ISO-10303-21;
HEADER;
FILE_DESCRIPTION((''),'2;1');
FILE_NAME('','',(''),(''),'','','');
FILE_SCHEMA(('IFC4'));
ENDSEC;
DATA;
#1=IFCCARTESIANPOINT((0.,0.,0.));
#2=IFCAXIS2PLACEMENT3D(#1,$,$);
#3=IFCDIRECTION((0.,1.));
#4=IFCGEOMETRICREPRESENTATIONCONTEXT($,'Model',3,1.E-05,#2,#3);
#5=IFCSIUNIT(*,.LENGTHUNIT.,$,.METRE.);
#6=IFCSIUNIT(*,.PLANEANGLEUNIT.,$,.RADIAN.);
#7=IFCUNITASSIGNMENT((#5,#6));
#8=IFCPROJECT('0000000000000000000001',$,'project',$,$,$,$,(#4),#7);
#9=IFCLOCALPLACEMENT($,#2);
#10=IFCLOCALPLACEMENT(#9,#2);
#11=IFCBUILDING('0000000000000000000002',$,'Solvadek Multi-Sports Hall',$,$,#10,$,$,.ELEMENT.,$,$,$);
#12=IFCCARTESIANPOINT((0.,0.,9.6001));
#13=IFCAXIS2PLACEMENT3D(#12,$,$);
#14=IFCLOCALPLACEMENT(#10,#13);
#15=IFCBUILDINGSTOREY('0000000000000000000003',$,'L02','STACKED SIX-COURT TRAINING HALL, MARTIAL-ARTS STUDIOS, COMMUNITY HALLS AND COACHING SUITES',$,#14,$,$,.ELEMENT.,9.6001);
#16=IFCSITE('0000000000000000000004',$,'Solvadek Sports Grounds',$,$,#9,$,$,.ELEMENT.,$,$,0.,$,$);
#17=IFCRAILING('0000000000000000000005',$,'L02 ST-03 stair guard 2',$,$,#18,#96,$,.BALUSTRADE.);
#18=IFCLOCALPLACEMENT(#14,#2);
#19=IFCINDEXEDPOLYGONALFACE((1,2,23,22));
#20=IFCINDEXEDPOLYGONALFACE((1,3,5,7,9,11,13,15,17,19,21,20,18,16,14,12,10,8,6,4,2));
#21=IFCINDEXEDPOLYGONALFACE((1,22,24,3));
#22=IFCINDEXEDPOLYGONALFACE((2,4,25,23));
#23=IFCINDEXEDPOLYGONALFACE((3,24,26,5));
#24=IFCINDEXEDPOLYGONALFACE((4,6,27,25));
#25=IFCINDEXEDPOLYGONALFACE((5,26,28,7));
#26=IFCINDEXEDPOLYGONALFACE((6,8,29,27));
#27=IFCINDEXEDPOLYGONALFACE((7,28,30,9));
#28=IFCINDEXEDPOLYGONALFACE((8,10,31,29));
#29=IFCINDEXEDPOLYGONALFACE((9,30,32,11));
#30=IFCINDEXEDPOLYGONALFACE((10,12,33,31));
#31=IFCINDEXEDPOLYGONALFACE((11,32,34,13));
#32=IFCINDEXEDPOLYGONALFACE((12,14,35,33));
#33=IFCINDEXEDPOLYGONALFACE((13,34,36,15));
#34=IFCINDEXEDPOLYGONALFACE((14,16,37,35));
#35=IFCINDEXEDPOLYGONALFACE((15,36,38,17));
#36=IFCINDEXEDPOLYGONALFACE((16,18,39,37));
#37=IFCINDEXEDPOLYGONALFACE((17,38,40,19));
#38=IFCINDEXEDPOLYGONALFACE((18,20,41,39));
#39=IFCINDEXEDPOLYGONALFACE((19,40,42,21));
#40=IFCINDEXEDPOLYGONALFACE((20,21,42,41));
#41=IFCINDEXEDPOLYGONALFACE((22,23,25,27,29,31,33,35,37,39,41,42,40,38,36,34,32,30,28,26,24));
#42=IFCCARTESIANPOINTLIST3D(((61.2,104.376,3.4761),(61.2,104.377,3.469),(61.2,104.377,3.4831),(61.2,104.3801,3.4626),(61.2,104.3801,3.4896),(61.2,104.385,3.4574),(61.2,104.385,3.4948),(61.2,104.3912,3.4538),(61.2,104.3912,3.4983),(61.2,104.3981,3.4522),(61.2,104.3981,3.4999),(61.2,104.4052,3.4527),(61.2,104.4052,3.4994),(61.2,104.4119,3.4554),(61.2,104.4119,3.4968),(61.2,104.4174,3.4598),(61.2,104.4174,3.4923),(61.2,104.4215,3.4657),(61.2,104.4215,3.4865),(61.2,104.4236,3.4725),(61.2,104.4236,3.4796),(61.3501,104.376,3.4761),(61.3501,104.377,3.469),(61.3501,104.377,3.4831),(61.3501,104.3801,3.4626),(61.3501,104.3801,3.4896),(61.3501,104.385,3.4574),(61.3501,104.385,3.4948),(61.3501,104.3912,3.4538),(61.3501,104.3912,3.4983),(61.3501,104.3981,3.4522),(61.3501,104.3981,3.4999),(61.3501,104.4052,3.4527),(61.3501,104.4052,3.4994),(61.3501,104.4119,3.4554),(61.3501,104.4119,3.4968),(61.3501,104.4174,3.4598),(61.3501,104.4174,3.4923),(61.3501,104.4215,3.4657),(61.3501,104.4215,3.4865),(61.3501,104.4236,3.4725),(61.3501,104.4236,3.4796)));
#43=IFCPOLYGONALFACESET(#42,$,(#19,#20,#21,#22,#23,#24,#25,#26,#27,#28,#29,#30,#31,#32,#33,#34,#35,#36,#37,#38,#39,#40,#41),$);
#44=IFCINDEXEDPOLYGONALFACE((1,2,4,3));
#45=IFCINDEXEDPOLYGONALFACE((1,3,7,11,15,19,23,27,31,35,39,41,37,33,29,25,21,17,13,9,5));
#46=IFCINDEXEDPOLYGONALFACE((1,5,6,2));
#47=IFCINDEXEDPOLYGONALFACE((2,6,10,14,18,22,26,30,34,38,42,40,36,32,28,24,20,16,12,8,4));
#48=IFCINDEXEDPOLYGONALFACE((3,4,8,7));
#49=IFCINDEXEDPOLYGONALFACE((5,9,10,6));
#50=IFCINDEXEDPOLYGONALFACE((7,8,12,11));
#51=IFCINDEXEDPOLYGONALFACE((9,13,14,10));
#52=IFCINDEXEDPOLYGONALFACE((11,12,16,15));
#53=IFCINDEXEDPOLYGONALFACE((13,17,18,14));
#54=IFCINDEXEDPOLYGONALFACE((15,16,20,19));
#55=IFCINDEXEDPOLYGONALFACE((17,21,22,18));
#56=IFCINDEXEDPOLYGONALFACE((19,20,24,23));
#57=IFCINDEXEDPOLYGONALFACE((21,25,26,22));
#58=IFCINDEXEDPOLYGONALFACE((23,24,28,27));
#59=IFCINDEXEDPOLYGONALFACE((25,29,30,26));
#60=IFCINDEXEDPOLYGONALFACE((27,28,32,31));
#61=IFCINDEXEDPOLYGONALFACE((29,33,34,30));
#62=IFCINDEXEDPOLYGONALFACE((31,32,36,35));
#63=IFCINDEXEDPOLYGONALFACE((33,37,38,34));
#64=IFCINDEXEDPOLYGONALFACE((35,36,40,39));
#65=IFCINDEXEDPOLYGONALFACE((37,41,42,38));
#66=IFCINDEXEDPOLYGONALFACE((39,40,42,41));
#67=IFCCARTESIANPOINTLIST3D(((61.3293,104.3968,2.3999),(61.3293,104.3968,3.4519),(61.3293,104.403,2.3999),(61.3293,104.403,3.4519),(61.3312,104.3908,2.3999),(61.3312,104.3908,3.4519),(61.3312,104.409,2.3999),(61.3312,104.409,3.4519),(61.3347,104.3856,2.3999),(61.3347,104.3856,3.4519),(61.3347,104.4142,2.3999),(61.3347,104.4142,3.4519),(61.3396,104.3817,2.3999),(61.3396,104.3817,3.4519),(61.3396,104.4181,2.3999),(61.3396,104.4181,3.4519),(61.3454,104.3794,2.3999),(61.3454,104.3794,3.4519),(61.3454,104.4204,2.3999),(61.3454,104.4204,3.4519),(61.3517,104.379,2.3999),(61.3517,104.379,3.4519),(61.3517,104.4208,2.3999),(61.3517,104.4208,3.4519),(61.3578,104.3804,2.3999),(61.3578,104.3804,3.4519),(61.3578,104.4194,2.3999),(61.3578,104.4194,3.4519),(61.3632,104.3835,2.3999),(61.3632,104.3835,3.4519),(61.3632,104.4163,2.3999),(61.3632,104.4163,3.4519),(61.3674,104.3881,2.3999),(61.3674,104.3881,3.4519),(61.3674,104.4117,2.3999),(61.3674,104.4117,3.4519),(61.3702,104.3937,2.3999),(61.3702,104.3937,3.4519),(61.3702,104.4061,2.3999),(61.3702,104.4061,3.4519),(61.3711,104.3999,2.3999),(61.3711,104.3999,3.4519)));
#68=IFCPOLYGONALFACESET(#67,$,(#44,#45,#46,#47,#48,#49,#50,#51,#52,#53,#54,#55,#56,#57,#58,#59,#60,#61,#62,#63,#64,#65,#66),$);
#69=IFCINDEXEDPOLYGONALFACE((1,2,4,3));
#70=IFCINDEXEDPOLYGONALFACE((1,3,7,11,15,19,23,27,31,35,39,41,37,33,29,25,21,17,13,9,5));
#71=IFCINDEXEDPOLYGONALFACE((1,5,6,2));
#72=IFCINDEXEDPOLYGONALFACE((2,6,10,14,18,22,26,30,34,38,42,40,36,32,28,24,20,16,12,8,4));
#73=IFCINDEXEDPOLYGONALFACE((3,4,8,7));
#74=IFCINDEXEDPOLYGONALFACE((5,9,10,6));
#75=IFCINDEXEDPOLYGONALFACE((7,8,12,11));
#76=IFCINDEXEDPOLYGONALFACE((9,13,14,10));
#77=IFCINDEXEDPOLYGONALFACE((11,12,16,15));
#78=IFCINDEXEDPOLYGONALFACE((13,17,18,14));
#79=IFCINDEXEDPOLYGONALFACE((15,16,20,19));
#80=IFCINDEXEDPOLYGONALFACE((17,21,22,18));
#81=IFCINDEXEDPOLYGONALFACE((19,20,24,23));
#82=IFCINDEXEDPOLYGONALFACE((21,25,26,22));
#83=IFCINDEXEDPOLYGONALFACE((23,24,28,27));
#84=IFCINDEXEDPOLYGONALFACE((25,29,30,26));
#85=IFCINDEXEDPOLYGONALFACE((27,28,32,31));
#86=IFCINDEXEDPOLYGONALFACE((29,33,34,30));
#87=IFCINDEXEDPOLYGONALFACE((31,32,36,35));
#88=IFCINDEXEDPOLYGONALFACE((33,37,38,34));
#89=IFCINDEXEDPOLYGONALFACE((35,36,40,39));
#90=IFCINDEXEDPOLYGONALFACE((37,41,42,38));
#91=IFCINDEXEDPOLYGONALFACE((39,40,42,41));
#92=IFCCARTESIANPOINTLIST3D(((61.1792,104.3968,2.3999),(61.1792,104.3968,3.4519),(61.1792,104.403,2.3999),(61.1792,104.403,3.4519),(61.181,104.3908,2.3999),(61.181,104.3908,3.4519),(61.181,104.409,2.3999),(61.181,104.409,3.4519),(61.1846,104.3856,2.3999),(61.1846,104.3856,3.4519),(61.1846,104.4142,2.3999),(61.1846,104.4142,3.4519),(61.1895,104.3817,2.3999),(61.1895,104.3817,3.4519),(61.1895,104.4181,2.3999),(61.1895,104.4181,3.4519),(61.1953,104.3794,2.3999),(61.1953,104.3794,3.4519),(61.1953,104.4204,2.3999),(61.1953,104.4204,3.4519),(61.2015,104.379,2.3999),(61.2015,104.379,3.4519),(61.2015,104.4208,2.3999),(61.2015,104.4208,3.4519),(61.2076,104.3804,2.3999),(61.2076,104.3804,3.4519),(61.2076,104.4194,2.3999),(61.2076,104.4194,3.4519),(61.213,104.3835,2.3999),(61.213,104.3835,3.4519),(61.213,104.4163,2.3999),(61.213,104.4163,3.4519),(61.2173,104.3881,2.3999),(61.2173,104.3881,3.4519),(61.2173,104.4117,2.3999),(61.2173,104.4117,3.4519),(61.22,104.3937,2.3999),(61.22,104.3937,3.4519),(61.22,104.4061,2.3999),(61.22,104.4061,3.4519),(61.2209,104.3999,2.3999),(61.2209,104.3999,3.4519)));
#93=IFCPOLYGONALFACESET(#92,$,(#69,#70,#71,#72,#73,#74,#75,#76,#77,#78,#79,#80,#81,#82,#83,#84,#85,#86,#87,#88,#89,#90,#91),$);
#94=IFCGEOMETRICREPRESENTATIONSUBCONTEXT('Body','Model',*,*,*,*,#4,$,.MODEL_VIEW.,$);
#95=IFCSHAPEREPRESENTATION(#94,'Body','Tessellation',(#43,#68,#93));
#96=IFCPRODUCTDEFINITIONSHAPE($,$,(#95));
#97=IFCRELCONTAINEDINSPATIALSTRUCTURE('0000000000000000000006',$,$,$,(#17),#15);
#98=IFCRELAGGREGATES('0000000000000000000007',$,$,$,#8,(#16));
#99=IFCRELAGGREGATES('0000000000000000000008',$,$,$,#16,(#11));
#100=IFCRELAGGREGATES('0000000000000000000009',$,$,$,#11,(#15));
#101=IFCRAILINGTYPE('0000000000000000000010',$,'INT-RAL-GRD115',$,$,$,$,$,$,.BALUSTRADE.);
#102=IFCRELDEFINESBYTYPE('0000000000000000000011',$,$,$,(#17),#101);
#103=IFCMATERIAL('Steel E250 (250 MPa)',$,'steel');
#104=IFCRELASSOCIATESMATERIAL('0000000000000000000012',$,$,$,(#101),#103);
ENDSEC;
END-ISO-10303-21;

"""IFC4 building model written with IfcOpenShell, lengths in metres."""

from ifc_helpers import new_model, si_unit, direction, frame, origin, origin_2d, place, context, subcontext, project, spatial, circle, extrude, material, type_object, element, save


model = new_model("IFC4")

# Units and contexts
model_context = context("Model", 3, precision=1e-05, world=origin(), true_north=direction((0.0, 1.0)))
body_context = subcontext(model_context, "Body", "Model", "MODEL_VIEW")
ifc_project = project(units=[si_unit("LENGTHUNIT", "METRE"), si_unit("PLANEANGLEUNIT", "RADIAN")], contexts=[model_context])

# Site, building, storey
site_placement = place(None, origin())
site = spatial("IfcSite", under=ifc_project, at=site_placement, Name="Solvadek Sports Grounds", CompositionType="ELEMENT", RefElevation=0.0)
building_placement = place(site_placement, origin())
building = spatial("IfcBuilding", under=site, at=building_placement, Name="Solvadek Multi-Sports Hall", CompositionType="ELEMENT")
storey_placement = place(building_placement, frame((0.0, 0.0, 9.6001)))
storey = spatial("IfcBuildingStorey", under=building, at=storey_placement, Name="L02", Description="STACKED SIX-COURT TRAINING HALL, MARTIAL-ARTS STUDIOS, COMMUNITY HALLS AND COACHING SUITES", CompositionType="ELEMENT", Elevation=9.6001)

# Shared definitions
ifc_material_1 = material(Name="Steel E250 (250 MPa)", Category="steel")

# Railing
railing_type_1 = type_object("IfcRailingType", Name="INT-RAL-GRD115", PredefinedType="BALUSTRADE", material=ifc_material_1)
railing_1_placement = place(storey_placement, frame((61.3501, 104.3999, 2.3999)))
element("IfcRailing", 1, at=railing_1_placement, inside=storey, type_object=railing_type_1, Name="L02 ST-03 stair guard 2", PredefinedType="BALUSTRADE", context=body_context, shape_type="SweptSolid", body=[
    extrude(circle(Radius=0.0239, at=origin_2d()), frame((0.0, 0.0, 1.0762), z_axis=(-1.0, 0.0, 0.0), x_axis=(0.0, -1.0, 0.0)), (0.0, 0.0, 1.0), 0.1501),
    extrude(circle(Radius=0.021, at=origin_2d()), origin(), (0.0, 0.0, 1.0), 1.052),
    extrude(circle(Radius=0.021, at=origin_2d()), frame((-0.1501, 0.0, 0.0)), (0.0, 0.0, 1.0), 1.052),
])

save(model, "model.ifc")
